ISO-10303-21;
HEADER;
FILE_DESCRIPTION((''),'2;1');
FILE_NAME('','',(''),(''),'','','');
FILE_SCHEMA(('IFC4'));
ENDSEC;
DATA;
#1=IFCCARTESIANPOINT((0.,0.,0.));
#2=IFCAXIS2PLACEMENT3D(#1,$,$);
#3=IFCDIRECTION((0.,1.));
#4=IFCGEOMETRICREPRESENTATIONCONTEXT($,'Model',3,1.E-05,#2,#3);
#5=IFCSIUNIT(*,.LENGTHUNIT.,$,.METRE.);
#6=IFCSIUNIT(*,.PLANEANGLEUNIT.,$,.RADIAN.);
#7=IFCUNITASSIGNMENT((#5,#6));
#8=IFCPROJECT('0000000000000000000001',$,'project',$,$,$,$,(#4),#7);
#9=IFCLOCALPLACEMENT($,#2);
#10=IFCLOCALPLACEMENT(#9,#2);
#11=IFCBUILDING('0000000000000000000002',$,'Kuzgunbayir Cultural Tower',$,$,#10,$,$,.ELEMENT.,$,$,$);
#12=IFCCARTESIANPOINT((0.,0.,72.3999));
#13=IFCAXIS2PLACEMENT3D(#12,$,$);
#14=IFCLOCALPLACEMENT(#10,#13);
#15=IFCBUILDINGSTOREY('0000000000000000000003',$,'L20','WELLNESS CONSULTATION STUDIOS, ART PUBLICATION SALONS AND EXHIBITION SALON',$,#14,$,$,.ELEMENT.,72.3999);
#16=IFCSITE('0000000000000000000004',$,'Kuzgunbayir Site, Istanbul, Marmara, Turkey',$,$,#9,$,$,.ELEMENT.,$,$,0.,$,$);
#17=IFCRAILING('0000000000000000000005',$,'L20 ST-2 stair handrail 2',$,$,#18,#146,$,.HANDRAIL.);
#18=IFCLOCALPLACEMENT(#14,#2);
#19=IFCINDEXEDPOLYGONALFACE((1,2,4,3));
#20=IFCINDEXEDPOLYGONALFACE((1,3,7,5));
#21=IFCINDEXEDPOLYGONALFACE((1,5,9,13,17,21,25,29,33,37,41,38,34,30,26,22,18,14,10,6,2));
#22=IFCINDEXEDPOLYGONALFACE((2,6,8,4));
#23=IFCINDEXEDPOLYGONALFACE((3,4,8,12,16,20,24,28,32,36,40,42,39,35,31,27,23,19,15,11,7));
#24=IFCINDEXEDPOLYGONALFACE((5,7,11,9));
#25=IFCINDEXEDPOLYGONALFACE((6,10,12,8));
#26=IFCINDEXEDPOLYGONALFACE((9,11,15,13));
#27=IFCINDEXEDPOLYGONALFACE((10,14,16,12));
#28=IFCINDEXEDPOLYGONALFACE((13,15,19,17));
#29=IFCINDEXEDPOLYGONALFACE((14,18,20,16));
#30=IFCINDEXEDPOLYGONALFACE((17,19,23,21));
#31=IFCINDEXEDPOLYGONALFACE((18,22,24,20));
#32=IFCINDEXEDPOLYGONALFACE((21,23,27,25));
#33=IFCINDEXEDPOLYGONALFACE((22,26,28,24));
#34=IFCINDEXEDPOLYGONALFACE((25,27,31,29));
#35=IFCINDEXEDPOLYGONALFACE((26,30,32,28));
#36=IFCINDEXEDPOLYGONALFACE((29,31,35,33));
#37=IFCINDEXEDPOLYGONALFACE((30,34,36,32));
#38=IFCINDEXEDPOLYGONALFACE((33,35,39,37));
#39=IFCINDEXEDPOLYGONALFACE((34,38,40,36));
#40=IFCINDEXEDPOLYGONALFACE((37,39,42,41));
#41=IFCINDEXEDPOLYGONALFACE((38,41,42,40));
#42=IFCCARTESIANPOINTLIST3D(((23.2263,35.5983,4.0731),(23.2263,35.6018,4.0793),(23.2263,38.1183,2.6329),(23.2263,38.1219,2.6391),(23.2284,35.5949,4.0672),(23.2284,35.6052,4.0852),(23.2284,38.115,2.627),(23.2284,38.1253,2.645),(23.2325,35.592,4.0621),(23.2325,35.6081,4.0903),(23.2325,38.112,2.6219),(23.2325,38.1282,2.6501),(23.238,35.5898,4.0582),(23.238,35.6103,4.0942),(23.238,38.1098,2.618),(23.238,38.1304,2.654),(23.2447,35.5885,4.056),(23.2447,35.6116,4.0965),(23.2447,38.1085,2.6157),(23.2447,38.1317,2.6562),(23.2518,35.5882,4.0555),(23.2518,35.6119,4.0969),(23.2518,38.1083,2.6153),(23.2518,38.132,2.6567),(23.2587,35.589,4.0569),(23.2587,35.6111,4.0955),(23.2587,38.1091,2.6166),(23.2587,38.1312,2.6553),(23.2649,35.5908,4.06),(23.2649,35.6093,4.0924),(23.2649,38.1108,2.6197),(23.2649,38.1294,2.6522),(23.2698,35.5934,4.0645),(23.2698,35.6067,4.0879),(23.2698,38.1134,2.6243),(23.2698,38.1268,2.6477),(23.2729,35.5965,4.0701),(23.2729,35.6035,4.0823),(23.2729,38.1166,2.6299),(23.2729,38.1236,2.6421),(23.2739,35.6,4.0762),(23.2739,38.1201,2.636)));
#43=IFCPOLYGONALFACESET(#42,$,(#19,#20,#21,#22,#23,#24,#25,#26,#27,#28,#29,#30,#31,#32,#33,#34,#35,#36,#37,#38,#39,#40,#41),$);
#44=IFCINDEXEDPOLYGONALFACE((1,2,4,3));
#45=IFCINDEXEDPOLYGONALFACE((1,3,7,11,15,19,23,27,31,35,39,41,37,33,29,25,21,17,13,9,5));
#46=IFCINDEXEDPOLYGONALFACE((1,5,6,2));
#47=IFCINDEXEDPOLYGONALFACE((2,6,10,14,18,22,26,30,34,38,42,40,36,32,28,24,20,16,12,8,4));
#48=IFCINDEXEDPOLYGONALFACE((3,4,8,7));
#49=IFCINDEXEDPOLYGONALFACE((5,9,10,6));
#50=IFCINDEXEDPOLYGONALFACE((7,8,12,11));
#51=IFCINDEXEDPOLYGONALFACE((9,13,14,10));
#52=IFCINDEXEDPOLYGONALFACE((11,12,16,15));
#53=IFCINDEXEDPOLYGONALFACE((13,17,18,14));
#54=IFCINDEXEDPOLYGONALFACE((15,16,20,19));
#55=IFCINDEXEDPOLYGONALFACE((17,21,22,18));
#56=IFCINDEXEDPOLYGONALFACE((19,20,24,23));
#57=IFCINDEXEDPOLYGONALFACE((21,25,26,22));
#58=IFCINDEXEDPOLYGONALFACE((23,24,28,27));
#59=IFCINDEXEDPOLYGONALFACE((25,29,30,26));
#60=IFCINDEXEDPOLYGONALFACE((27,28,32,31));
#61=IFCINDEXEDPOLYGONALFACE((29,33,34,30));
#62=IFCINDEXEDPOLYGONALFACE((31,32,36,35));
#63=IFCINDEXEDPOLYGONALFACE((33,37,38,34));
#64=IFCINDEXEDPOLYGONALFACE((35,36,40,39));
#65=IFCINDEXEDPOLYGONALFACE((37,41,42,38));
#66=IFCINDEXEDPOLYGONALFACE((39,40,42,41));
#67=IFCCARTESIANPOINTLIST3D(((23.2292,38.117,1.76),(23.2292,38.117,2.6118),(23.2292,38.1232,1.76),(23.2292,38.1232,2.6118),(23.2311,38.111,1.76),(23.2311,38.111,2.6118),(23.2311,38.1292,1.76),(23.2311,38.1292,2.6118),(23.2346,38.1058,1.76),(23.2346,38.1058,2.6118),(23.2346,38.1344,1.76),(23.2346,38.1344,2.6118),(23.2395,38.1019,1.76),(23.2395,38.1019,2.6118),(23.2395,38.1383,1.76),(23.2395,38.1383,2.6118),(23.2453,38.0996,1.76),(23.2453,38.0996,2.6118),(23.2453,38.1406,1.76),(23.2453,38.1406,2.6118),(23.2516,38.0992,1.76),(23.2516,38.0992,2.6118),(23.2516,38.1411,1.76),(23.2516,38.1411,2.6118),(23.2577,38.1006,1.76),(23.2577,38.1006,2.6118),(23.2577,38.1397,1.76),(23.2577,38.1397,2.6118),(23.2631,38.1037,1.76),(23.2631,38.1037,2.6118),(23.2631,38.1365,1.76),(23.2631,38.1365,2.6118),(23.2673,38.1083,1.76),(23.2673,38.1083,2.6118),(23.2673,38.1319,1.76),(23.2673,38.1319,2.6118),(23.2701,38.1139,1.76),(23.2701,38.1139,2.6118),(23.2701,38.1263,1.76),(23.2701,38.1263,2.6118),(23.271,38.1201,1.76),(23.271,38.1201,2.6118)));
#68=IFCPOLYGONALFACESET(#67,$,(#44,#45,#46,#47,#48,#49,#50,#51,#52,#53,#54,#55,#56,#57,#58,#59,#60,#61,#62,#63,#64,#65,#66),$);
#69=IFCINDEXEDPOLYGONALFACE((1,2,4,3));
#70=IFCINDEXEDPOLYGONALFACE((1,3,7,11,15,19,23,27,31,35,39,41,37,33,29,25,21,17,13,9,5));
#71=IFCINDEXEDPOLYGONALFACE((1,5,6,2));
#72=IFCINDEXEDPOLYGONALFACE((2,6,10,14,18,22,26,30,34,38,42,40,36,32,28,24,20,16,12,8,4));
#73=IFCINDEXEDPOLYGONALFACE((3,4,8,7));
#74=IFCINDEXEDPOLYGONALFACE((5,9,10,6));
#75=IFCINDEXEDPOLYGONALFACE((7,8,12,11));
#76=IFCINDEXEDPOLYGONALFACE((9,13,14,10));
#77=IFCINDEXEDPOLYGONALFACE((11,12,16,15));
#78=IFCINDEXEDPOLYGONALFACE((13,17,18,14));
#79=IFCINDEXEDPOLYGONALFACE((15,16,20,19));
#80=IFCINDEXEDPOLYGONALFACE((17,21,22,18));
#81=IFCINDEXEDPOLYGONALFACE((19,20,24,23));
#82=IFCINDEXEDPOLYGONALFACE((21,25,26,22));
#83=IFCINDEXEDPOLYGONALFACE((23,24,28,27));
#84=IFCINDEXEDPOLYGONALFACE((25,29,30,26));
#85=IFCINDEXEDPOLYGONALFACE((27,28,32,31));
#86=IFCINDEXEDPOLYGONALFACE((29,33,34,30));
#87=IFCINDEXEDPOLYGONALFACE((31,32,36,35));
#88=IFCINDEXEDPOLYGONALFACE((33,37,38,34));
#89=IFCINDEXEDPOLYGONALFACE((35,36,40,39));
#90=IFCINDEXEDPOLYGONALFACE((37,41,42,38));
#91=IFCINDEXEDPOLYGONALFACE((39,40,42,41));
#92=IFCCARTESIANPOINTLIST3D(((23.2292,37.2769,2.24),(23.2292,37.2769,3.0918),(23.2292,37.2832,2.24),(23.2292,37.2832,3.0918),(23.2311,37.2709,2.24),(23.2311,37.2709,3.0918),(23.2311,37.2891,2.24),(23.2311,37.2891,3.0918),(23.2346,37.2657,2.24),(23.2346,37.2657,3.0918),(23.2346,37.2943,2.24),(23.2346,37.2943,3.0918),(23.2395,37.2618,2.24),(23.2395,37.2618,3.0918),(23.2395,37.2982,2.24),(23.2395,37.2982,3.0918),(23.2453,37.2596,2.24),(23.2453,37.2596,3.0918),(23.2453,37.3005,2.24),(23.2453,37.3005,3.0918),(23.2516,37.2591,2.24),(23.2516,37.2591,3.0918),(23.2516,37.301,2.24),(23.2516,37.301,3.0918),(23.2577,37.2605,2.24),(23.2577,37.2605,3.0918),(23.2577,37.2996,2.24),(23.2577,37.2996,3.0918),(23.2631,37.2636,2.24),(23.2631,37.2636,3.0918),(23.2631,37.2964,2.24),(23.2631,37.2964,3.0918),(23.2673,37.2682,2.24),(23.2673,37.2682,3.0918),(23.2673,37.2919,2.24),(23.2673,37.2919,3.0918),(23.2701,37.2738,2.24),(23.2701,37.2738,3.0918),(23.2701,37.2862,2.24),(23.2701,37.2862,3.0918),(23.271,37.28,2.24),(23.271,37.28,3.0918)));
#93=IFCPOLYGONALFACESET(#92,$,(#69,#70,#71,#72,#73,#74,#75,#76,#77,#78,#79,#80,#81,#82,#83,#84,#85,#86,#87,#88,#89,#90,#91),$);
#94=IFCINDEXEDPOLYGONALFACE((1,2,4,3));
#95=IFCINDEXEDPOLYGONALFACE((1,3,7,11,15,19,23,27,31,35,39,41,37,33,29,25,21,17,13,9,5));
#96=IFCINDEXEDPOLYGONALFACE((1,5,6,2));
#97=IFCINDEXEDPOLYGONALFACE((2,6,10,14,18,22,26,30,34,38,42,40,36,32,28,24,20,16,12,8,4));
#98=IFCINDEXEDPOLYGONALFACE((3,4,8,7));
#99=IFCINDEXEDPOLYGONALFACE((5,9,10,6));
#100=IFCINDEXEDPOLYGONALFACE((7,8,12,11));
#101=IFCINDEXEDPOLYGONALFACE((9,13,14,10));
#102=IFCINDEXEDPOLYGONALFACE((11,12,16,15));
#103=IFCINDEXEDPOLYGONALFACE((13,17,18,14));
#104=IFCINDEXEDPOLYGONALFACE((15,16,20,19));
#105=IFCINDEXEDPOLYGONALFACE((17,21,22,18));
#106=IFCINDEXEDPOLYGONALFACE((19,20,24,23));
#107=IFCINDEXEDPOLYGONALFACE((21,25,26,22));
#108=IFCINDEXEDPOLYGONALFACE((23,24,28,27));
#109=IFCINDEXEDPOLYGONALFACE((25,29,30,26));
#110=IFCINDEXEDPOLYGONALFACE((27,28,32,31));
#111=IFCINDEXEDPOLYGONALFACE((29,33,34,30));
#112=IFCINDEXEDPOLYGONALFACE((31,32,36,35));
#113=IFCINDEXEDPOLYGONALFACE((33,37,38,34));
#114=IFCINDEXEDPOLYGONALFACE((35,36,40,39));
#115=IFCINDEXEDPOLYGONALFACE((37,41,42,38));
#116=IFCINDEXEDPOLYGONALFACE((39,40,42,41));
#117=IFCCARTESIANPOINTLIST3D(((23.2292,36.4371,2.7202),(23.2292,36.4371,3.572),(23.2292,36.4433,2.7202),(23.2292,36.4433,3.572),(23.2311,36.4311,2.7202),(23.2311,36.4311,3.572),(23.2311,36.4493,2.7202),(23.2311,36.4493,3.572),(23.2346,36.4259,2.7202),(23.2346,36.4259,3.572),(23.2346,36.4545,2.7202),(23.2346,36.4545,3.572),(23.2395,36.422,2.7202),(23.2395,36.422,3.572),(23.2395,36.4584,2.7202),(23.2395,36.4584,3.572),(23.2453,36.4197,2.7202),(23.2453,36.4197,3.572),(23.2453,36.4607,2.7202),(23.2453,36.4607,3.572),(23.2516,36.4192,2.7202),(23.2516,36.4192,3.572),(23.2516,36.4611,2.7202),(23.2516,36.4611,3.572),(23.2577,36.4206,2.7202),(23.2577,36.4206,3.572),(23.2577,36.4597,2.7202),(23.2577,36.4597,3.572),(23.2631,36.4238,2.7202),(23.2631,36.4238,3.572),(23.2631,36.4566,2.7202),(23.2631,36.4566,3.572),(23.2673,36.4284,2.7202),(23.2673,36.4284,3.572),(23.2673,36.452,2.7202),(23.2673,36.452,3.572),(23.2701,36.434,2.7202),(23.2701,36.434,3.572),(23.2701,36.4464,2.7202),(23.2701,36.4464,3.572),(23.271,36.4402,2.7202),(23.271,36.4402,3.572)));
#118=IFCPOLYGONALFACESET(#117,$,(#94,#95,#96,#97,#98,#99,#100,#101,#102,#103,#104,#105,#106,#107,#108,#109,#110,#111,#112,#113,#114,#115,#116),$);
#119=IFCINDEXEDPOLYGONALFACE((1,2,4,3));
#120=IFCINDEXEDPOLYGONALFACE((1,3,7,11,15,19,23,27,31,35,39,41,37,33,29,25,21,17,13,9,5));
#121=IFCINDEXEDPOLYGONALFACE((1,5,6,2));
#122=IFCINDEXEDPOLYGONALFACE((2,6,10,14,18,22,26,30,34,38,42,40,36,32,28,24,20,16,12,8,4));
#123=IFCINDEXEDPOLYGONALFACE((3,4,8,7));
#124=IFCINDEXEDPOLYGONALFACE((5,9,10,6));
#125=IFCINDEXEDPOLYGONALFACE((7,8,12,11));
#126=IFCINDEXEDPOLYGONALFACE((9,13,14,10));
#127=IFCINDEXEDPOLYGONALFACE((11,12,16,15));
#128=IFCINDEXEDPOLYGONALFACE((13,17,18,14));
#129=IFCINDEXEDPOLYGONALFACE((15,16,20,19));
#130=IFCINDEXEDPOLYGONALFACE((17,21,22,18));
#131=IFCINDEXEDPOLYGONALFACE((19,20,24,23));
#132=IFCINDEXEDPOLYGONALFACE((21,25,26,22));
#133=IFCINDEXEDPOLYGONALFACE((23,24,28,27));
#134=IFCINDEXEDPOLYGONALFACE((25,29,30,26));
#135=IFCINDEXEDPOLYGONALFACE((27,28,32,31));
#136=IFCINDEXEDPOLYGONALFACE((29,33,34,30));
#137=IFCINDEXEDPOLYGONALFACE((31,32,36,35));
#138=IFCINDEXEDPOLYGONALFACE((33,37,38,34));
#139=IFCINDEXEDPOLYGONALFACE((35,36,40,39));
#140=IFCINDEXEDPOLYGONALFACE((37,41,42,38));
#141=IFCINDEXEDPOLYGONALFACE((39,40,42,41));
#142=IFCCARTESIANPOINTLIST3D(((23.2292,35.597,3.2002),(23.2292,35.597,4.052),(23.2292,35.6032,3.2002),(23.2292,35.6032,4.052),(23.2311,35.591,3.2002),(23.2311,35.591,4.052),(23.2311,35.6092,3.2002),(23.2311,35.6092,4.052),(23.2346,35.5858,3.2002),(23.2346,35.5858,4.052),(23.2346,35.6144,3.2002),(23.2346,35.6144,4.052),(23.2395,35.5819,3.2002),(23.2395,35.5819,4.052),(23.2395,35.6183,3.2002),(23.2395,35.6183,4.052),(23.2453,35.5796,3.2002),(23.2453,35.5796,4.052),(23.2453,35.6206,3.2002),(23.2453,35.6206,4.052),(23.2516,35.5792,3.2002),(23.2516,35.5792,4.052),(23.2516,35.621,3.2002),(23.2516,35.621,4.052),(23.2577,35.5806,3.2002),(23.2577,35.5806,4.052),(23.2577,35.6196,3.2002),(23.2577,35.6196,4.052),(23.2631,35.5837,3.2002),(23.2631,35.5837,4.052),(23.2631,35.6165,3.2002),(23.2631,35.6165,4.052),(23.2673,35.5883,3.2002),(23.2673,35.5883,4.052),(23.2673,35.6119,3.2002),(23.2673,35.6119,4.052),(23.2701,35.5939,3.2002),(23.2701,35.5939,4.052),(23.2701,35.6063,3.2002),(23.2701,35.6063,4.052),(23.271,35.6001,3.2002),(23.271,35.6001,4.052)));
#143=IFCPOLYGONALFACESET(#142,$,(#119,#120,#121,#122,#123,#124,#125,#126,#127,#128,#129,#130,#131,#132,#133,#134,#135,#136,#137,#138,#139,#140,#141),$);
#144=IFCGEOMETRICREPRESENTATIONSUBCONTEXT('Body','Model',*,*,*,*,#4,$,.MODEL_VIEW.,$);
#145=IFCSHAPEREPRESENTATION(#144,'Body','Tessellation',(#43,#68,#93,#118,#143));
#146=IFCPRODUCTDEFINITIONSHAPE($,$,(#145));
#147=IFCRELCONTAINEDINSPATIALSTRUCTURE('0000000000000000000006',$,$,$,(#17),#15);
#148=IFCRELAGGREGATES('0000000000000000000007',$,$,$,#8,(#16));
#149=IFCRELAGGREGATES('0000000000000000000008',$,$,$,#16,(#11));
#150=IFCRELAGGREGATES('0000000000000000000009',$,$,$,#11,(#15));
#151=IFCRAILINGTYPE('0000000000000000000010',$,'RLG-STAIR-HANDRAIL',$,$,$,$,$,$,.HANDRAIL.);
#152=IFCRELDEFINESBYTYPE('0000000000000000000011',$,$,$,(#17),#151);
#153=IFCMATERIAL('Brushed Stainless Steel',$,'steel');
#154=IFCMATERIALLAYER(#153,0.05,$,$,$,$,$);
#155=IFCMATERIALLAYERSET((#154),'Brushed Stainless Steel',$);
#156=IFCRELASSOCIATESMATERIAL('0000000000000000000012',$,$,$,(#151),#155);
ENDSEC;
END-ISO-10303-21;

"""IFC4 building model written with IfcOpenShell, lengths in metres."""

from ifc_helpers import new_model, si_unit, direction, frame, origin, origin_2d, place, context, subcontext, project, spatial, circle, extrude, material, layer, layer_set, type_object, element, save


model = new_model("IFC4")

# Units and contexts
model_context = context("Model", 3, precision=1e-05, world=origin(), true_north=direction((0.0, 1.0)))
body_context = subcontext(model_context, "Body", "Model", "MODEL_VIEW")
ifc_project = project(units=[si_unit("LENGTHUNIT", "METRE"), si_unit("PLANEANGLEUNIT", "RADIAN")], contexts=[model_context])

# Site, building, storey
site_placement = place(None, origin())
site = spatial("IfcSite", under=ifc_project, at=site_placement, Name="Kuzgunbayir Site, Istanbul, Marmara, Turkey", CompositionType="ELEMENT", RefElevation=0.0)
building_placement = place(site_placement, origin())
building = spatial("IfcBuilding", under=site, at=building_placement, Name="Kuzgunbayir Cultural Tower", CompositionType="ELEMENT")
storey_placement = place(building_placement, frame((0.0, 0.0, 72.3999)))
storey = spatial("IfcBuildingStorey", under=building, at=storey_placement, Name="L20", Description="WELLNESS CONSULTATION STUDIOS, ART PUBLICATION SALONS AND EXHIBITION SALON", CompositionType="ELEMENT", Elevation=72.3999)

# Shared definitions
ifc_material_1 = material(Name="Brushed Stainless Steel", Category="steel")

# Railing
ifc_layer_1 = layer(ifc_material_1, 0.05)
ifc_layer_set_1 = layer_set([ifc_layer_1], Name="Brushed Stainless Steel")
railing_type_1 = type_object("IfcRailingType", Name="RLG-STAIR-HANDRAIL", PredefinedType="HANDRAIL", material=ifc_layer_set_1)
railing_1_placement = place(storey_placement, frame((23.25, 38.1201, 1.76)))
element("IfcRailing", 1, at=railing_1_placement, inside=storey, type_object=railing_type_1, Name="L20 ST-2 stair handrail 2", PredefinedType="HANDRAIL", context=body_context, shape_type="SweptSolid", body=[
    extrude(circle(Radius=0.0239, at=origin_2d()), frame((0.0, 0.0, 0.876), z_axis=(0.0, -0.868217, 0.496184), x_axis=(1.0, 0.0, 0.0)), (0.0, 0.0, 1.0), 2.9026),
    extrude(circle(Radius=0.021, at=origin_2d()), origin(), (0.0, 0.0, 1.0), 0.8518),
    extrude(circle(Radius=0.021, at=origin_2d()), frame((0.0, -0.8401, 0.48)), (0.0, 0.0, 1.0), 0.8518),
    extrude(circle(Radius=0.021, at=origin_2d()), frame((0.0, -1.6799, 0.9602)), (0.0, 0.0, 1.0), 0.8518),
    extrude(circle(Radius=0.021, at=origin_2d()), frame((0.0, -2.52, 1.4402)), (0.0, 0.0, 1.0), 0.8518),
])

save(model, "model.ifc")
